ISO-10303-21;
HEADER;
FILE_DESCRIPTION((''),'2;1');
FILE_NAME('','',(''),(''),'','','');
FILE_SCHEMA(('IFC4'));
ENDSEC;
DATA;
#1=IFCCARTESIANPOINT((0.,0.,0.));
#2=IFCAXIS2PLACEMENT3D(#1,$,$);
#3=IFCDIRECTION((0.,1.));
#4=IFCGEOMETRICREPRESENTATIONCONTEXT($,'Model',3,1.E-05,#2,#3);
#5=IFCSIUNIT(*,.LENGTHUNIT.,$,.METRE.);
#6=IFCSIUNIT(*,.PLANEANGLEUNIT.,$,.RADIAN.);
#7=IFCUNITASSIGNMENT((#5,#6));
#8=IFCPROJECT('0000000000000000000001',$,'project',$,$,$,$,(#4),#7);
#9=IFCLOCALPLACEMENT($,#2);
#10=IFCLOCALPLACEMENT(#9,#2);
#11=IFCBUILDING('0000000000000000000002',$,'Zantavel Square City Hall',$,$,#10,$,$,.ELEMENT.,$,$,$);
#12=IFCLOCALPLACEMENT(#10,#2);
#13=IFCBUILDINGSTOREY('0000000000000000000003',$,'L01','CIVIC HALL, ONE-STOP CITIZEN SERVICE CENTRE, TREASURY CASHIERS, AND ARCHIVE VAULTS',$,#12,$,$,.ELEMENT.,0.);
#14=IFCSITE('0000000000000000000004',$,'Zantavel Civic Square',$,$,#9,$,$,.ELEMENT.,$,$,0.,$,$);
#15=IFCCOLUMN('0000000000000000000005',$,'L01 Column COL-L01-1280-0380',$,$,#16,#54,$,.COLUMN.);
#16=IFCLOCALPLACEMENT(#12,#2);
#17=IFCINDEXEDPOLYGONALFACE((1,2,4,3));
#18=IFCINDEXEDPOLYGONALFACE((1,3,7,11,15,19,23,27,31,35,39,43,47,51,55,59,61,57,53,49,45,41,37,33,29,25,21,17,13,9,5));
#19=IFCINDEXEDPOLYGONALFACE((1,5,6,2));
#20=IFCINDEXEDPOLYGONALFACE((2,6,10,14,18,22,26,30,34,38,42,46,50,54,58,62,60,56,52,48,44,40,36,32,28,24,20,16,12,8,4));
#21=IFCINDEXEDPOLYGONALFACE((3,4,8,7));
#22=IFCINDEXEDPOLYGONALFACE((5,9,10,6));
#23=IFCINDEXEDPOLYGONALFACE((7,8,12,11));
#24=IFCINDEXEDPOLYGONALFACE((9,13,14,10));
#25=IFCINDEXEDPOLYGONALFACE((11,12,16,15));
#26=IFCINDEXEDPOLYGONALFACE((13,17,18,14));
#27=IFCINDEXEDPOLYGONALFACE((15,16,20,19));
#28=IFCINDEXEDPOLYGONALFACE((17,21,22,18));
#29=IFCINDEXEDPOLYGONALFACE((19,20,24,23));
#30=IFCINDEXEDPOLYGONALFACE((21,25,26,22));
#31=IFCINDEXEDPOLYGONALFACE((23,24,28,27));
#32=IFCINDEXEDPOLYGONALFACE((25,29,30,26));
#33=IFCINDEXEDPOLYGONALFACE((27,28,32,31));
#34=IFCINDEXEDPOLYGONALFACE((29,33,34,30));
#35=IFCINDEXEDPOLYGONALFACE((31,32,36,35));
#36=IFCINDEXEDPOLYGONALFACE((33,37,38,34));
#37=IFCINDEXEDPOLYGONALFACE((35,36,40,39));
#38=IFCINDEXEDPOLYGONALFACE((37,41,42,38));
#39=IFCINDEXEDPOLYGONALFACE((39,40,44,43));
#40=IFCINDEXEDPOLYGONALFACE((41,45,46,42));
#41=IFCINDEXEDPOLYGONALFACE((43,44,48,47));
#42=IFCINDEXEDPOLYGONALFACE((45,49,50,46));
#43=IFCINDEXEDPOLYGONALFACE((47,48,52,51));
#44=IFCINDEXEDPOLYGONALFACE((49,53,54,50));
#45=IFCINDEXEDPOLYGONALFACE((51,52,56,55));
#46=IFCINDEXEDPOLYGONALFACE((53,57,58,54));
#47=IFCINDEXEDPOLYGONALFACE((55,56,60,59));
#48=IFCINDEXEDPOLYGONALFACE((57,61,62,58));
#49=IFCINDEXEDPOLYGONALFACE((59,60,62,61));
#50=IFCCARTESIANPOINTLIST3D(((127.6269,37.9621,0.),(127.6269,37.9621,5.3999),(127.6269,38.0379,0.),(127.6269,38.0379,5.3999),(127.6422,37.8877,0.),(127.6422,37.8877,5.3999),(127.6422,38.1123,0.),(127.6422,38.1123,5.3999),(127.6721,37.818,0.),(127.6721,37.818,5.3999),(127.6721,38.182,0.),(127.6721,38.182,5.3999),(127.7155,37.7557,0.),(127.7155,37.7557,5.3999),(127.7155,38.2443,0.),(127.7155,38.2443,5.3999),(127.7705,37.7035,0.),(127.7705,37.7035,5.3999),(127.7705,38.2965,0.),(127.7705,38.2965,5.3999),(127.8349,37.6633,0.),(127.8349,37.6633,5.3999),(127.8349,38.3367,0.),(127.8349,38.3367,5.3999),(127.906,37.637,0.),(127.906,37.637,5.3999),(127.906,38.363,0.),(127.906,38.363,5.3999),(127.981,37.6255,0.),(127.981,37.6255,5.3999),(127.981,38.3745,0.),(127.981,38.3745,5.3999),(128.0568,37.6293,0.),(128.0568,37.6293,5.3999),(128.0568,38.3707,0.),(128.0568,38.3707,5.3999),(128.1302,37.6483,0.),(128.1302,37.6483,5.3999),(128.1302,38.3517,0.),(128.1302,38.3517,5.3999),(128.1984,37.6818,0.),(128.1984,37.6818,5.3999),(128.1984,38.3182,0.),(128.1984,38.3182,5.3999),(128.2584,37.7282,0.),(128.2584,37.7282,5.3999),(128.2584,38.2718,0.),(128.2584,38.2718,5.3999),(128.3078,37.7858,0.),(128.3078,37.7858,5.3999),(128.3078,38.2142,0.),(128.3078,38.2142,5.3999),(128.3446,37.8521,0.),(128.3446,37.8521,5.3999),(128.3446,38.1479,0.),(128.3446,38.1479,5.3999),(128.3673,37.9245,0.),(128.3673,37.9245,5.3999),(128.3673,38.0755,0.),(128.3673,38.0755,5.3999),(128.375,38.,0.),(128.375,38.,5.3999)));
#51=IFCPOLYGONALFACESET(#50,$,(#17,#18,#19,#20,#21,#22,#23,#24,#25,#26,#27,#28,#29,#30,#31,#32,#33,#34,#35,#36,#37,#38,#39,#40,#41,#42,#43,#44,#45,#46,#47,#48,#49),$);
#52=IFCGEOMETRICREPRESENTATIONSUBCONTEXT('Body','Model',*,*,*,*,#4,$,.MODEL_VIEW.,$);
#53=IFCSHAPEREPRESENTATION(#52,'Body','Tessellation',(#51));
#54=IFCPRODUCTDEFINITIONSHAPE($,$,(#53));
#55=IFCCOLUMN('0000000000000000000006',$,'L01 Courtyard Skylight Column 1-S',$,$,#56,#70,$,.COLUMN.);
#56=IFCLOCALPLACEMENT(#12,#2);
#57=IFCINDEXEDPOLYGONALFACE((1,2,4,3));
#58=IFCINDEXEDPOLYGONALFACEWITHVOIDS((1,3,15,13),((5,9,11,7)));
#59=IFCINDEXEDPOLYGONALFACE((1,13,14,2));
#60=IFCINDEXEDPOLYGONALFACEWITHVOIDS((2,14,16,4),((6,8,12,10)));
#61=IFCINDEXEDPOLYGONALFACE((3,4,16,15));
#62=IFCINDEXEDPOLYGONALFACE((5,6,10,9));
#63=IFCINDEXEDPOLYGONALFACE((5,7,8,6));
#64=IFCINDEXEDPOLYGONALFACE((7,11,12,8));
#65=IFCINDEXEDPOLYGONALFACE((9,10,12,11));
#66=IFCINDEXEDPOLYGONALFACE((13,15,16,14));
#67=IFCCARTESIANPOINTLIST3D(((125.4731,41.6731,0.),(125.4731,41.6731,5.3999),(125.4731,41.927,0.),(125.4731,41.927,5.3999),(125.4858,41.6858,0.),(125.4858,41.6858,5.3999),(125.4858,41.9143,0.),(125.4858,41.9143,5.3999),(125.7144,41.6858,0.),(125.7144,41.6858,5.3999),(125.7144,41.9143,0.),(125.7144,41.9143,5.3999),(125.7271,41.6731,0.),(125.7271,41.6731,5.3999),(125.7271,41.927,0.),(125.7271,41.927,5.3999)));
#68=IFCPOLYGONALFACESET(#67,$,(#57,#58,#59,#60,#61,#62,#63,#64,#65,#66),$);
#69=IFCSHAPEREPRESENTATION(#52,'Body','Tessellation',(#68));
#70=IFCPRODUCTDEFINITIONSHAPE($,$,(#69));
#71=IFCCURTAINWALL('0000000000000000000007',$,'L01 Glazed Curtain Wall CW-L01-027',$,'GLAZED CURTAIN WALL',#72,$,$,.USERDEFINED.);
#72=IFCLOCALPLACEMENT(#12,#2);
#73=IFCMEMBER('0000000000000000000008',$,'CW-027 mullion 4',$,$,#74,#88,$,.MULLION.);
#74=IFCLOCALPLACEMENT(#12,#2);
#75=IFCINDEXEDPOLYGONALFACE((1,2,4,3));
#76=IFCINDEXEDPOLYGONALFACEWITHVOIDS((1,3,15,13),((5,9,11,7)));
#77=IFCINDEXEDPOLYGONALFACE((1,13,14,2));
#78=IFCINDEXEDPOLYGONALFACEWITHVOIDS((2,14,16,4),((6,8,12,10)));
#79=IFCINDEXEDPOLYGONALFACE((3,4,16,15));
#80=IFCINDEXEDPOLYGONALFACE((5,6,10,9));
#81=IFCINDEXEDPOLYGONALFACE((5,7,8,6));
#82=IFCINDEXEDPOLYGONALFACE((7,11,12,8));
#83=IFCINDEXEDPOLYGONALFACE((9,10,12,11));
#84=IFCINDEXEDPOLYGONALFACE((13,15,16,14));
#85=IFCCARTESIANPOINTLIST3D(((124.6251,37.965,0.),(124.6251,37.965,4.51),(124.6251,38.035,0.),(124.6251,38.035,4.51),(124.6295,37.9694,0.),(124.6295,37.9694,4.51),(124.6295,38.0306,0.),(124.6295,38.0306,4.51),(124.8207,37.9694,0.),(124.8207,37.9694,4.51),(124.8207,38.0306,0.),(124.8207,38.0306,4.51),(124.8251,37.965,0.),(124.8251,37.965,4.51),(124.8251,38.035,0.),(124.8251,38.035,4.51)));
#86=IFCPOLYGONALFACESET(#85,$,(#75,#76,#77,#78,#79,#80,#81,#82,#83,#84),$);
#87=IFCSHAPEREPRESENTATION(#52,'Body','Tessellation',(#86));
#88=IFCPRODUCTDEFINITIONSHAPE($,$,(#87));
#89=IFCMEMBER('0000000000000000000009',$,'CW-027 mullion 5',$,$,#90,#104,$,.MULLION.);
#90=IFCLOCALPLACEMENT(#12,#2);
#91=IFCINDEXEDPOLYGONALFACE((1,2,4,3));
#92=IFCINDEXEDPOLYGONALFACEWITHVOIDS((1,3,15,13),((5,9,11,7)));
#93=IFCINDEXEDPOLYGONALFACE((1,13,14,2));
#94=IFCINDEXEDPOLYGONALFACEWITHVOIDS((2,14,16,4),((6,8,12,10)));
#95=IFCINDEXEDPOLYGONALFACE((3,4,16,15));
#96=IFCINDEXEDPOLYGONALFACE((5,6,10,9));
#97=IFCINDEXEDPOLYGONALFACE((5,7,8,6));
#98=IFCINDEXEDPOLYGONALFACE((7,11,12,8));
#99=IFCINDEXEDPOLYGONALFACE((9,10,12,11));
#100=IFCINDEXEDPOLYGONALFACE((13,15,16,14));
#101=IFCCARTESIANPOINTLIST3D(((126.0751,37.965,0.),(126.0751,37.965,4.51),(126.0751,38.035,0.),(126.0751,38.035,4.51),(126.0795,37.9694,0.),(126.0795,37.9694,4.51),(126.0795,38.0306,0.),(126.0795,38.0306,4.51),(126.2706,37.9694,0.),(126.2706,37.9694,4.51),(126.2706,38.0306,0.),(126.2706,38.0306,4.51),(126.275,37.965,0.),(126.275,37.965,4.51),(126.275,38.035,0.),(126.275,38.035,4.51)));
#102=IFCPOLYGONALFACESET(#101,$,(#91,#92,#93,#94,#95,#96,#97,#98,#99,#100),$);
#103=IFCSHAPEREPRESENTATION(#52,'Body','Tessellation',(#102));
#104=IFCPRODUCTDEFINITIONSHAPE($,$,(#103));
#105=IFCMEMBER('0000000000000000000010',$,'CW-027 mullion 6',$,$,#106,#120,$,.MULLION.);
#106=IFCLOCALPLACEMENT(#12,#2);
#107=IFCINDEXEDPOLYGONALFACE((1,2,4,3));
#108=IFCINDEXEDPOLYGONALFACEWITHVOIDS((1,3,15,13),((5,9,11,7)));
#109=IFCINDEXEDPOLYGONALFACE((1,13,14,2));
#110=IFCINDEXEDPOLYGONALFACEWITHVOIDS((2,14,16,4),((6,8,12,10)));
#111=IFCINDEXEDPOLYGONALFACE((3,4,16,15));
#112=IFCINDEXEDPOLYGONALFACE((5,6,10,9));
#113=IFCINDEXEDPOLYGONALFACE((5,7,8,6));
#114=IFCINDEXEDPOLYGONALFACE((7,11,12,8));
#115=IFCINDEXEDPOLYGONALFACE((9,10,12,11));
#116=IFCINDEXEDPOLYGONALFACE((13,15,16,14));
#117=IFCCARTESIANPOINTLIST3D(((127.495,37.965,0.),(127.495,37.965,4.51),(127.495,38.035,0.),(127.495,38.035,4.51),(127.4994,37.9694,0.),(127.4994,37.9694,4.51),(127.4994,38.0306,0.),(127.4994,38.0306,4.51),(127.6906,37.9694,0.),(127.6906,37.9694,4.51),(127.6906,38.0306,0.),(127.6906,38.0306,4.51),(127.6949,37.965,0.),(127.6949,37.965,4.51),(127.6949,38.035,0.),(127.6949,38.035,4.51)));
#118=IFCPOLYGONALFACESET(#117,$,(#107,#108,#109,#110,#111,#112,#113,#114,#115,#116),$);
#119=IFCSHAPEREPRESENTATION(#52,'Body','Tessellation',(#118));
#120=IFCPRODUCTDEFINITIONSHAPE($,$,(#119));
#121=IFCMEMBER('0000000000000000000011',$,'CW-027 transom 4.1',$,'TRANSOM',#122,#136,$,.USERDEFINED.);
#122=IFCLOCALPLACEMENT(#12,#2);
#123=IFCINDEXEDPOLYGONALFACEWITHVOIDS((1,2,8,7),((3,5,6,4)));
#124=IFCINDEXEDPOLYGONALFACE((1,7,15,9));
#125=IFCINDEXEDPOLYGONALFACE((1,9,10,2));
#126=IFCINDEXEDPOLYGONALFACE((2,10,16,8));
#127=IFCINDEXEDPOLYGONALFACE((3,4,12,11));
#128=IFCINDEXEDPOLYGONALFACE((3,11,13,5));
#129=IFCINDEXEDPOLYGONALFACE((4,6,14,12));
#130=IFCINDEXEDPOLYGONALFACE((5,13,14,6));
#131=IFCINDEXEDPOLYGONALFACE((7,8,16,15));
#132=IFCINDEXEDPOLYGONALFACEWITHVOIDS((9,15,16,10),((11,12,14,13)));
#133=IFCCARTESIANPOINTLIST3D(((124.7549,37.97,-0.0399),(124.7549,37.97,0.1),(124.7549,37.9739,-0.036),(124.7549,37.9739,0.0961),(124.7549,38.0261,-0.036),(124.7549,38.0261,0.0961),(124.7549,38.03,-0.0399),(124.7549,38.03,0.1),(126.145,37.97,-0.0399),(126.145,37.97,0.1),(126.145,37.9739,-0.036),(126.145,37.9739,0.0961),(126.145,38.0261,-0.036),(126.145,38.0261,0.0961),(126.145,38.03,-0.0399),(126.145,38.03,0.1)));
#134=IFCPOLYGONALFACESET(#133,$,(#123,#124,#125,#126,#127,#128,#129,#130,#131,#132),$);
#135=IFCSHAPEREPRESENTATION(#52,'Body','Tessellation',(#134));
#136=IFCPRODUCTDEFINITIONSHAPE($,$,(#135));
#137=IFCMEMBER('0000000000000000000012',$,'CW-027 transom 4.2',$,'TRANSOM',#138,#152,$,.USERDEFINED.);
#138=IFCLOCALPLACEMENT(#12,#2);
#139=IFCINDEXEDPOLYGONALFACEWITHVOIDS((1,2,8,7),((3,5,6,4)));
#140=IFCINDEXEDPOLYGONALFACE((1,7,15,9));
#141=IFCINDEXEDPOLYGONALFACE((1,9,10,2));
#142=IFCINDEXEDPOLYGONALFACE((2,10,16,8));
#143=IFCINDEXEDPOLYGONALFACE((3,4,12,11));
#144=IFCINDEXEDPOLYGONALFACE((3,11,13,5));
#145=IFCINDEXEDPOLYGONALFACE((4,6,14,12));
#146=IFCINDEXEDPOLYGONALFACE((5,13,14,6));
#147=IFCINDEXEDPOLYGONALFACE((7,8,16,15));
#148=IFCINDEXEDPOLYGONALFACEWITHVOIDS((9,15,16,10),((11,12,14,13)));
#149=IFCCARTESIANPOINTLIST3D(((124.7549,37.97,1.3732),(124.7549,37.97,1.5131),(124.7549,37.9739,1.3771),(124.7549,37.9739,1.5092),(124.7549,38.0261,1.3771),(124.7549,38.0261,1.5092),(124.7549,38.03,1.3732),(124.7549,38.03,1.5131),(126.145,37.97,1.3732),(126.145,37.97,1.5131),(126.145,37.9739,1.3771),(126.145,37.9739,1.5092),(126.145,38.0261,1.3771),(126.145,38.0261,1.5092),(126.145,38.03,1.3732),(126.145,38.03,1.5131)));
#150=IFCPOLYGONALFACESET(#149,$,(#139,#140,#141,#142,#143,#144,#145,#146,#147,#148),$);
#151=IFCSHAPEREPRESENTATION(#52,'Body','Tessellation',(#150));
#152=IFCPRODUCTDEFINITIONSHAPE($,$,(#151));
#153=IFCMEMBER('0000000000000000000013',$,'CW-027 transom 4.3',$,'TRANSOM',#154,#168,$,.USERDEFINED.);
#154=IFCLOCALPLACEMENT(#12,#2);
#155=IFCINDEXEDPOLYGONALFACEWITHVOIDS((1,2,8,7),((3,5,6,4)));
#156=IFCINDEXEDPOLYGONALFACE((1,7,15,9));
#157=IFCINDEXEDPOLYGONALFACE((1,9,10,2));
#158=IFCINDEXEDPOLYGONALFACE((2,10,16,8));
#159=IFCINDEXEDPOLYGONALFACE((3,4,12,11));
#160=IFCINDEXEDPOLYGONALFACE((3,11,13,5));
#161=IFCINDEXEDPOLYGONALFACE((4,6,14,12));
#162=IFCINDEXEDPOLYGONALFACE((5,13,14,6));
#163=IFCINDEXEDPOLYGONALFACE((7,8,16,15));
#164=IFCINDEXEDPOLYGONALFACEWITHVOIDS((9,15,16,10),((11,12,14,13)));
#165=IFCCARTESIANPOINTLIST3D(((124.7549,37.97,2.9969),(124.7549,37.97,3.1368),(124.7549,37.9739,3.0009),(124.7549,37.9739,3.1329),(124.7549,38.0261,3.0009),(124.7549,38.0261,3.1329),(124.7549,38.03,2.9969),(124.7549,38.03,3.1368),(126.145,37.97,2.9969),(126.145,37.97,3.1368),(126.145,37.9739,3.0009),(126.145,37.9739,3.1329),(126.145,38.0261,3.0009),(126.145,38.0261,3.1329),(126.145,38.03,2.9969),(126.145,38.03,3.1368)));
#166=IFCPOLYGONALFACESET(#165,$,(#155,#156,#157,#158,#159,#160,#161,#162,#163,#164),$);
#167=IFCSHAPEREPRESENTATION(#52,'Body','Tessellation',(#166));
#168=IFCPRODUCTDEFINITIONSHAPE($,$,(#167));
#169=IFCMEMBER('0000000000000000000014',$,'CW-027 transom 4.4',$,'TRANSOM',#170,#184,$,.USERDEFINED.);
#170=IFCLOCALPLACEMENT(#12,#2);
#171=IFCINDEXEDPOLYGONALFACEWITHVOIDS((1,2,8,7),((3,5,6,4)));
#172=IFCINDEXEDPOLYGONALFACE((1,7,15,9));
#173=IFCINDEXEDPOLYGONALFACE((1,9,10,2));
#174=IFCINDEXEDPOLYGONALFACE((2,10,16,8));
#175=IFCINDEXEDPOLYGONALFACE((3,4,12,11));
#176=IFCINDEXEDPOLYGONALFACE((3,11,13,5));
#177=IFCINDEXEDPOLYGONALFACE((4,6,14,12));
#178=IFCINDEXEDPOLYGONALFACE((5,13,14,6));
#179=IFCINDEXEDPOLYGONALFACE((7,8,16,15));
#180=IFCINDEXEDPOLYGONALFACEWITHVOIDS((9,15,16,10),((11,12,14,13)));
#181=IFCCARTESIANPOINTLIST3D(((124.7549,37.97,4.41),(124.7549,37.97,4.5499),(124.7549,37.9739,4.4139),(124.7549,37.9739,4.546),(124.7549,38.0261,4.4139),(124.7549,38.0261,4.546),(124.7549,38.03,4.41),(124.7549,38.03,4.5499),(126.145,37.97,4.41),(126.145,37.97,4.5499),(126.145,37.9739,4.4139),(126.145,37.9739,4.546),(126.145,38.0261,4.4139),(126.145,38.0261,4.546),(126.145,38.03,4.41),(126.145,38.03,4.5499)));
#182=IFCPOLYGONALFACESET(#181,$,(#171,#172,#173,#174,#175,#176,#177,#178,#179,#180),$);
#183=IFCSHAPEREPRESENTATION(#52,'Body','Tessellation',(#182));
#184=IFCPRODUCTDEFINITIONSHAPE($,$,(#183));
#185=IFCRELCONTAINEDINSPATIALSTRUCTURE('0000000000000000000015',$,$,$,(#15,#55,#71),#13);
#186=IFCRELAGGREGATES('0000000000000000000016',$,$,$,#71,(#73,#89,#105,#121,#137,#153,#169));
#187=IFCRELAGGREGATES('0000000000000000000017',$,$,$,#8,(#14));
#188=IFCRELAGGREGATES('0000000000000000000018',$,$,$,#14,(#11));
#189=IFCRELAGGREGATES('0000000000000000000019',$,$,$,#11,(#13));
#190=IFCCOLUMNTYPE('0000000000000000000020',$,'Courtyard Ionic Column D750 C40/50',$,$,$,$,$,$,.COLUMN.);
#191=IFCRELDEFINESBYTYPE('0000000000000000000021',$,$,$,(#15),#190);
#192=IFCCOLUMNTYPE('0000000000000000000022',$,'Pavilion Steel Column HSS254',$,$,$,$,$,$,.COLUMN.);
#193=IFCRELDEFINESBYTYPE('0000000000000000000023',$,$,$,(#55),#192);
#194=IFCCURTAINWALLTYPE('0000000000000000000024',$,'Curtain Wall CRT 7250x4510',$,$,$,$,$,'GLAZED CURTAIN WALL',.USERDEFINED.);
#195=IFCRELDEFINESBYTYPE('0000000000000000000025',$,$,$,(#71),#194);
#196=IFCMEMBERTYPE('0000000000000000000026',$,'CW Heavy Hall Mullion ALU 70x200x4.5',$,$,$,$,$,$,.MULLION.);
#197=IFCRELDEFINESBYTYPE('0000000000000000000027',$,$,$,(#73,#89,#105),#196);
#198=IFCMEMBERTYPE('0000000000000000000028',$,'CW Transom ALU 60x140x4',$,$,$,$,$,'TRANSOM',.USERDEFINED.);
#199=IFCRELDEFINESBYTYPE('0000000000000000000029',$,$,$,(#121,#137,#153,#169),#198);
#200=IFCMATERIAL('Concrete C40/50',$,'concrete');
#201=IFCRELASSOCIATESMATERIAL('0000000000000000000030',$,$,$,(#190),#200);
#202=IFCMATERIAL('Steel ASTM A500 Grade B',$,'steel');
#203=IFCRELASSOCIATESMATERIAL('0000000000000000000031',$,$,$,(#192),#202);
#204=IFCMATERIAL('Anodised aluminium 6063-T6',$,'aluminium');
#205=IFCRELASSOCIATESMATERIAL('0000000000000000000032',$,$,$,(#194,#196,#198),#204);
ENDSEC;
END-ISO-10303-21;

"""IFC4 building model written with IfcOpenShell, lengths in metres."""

from ifc_helpers import new_model, si_unit, direction, frame, origin, origin_2d, place, context, subcontext, project, spatial, hollow_rectangle, circle, extrude, material, material_profile, profile_set, type_object, element, aggregate, save


model = new_model("IFC4")

# Units and contexts
model_context = context("Model", 3, precision=1e-05, world=origin(), true_north=direction((0.0, 1.0)))
body_context = subcontext(model_context, "Body", "Model", "MODEL_VIEW")
ifc_project = project(units=[si_unit("LENGTHUNIT", "METRE"), si_unit("PLANEANGLEUNIT", "RADIAN")], contexts=[model_context])

# Site, building, storey
site_placement = place(None, origin())
site = spatial("IfcSite", under=ifc_project, at=site_placement, Name="Zantavel Civic Square", CompositionType="ELEMENT", RefElevation=0.0)
building_placement = place(site_placement, origin())
building = spatial("IfcBuilding", under=site, at=building_placement, Name="Zantavel Square City Hall", CompositionType="ELEMENT")
storey_placement = place(building_placement, origin())
storey = spatial("IfcBuildingStorey", under=building, at=storey_placement, Name="L01", Description="CIVIC HALL, ONE-STOP CITIZEN SERVICE CENTRE, TREASURY CASHIERS, AND ARCHIVE VAULTS", CompositionType="ELEMENT", Elevation=0.0)

# Columns
ifc_material_1 = material(Name="Concrete C40/50", Category="concrete")
ifc_material_profile_1 = material_profile(ifc_material_1, circle(Radius=0.375, at=origin_2d()), Name="ROUND D750")
ifc_profile_set_1 = profile_set([ifc_material_profile_1], Name="Concrete C40/50")
column_type_1 = type_object("IfcColumnType", Name="Courtyard Ionic Column D750 C40/50", PredefinedType="COLUMN", material=ifc_profile_set_1)
column_1_placement = place(storey_placement, frame((128.0, 38.0, 0.0), z_axis=(0.0, 0.0, 1.0), x_axis=(1.0, 0.0, 0.0)))
element("IfcColumn", 1, at=column_1_placement, inside=storey, type_object=column_type_1, Name="L01 Column COL-L01-1280-0380", PredefinedType="COLUMN", context=body_context, shape_type="SweptSolid", body=[
    extrude(circle(Radius=0.375, at=origin_2d()), origin(), (0.0, 0.0, 1.0), 5.3999),
])
ifc_material_2 = material(Name="Steel ASTM A500 Grade B", Category="steel")
ifc_material_profile_2 = material_profile(ifc_material_2, hollow_rectangle(XDim=0.2539, YDim=0.2539, WallThickness=0.0127, at=origin_2d()), Name="HSS 254x254x12.7")
ifc_profile_set_2 = profile_set([ifc_material_profile_2], Name="Steel ASTM A500 Grade B")
column_type_2 = type_object("IfcColumnType", Name="Pavilion Steel Column HSS254", PredefinedType="COLUMN", material=ifc_profile_set_2)
column_2_placement = place(storey_placement, frame((125.6001, 41.8, 0.0), z_axis=(0.0, 0.0, 1.0), x_axis=(1.0, 0.0, 0.0)))
element("IfcColumn", 2, at=column_2_placement, inside=storey, type_object=column_type_2, Name="L01 Courtyard Skylight Column 1-S", PredefinedType="COLUMN", context=body_context, shape_type="SweptSolid", body=[
    extrude(hollow_rectangle(XDim=0.2539, YDim=0.2539, WallThickness=0.0127, at=origin_2d()), origin(), (0.0, 0.0, 1.0), 5.3999),
])

# Curtain wall, members
ifc_material_3 = material(Name="Anodised aluminium 6063-T6", Category="aluminium")
curtain_wall_type = type_object("IfcCurtainWallType", Name="Curtain Wall CRT 7250x4510", ElementType="GLAZED CURTAIN WALL", PredefinedType="USERDEFINED", material=ifc_material_3)
curtain_wall_placement = place(storey_placement, origin())
curtain_wall = element("IfcCurtainWall", 3, at=curtain_wall_placement, inside=storey, type_object=curtain_wall_type, Name="L01 Glazed Curtain Wall CW-L01-027", ObjectType="GLAZED CURTAIN WALL", PredefinedType="USERDEFINED")
ifc_material_profile_3 = material_profile(ifc_material_3, hollow_rectangle(XDim=0.0701, YDim=0.2, WallThickness=0.0044, at=origin_2d()), Name="ALU 70x200x4.5")
ifc_profile_set_3 = profile_set([ifc_material_profile_3], Name="Anodised aluminium 6063-T6")
member_type_1 = type_object("IfcMemberType", Name="CW Heavy Hall Mullion ALU 70x200x4.5", PredefinedType="MULLION", material=ifc_profile_set_3)
member_1_placement = place(storey_placement, frame((124.7251, 38.0, 0.0), z_axis=(0.0, 0.0, 1.0), x_axis=(0.0, 1.0, 0.0)))
member_1 = element("IfcMember", 4, at=member_1_placement, type_object=member_type_1, Name="CW-027 mullion 4", PredefinedType="MULLION", context=body_context, shape_type="SweptSolid", body=[
    extrude(hollow_rectangle(XDim=0.0701, YDim=0.2, WallThickness=0.0044, at=origin_2d()), origin(), (0.0, 0.0, 1.0), 4.51),
])
member_2_placement = place(storey_placement, frame((126.175, 38.0, 0.0), z_axis=(0.0, 0.0, 1.0), x_axis=(0.0, 1.0, 0.0)))
member_2 = element("IfcMember", 5, at=member_2_placement, type_object=member_type_1, Name="CW-027 mullion 5", PredefinedType="MULLION", context=body_context, shape_type="SweptSolid", body=[
    extrude(hollow_rectangle(XDim=0.0701, YDim=0.2, WallThickness=0.0044, at=origin_2d()), origin(), (0.0, 0.0, 1.0), 4.51),
])
member_3_placement = place(storey_placement, frame((127.595, 38.0, 0.0), z_axis=(0.0, 0.0, 1.0), x_axis=(0.0, 1.0, 0.0)))
member_3 = element("IfcMember", 6, at=member_3_placement, type_object=member_type_1, Name="CW-027 mullion 6", PredefinedType="MULLION", context=body_context, shape_type="SweptSolid", body=[
    extrude(hollow_rectangle(XDim=0.0701, YDim=0.2, WallThickness=0.0044, at=origin_2d()), origin(), (0.0, 0.0, 1.0), 4.51),
])
ifc_material_profile_4 = material_profile(ifc_material_3, hollow_rectangle(XDim=0.0601, YDim=0.1399, WallThickness=0.0039, at=origin_2d()), Name="ALU 60x140x4")
ifc_profile_set_4 = profile_set([ifc_material_profile_4], Name="Anodised aluminium 6063-T6")
member_type_2 = type_object("IfcMemberType", Name="CW Transom ALU 60x140x4", ElementType="TRANSOM", PredefinedType="USERDEFINED", material=ifc_profile_set_4)
member_4_placement = place(storey_placement, frame((124.7549, 38.0, 0.03), z_axis=(1.0, 0.0, 0.0), x_axis=(0.0, 1.0, 0.0)))
member_4 = element("IfcMember", 7, at=member_4_placement, type_object=member_type_2, Name="CW-027 transom 4.1", ObjectType="TRANSOM", PredefinedType="USERDEFINED", context=body_context, shape_type="SweptSolid", body=[
    extrude(hollow_rectangle(XDim=0.0601, YDim=0.1399, WallThickness=0.0039, at=origin_2d()), origin(), (0.0, 0.0, 1.0), 1.3901),
])
member_5_placement = place(storey_placement, frame((124.7549, 38.0, 1.4431), z_axis=(1.0, 0.0, 0.0), x_axis=(0.0, 1.0, 0.0)))
member_5 = element("IfcMember", 8, at=member_5_placement, type_object=member_type_2, Name="CW-027 transom 4.2", ObjectType="TRANSOM", PredefinedType="USERDEFINED", context=body_context, shape_type="SweptSolid", body=[
    extrude(hollow_rectangle(XDim=0.0601, YDim=0.1399, WallThickness=0.0039, at=origin_2d()), origin(), (0.0, 0.0, 1.0), 1.3901),
])
member_6_placement = place(storey_placement, frame((124.7549, 38.0, 3.0669), z_axis=(1.0, 0.0, 0.0), x_axis=(0.0, 1.0, 0.0)))
member_6 = element("IfcMember", 9, at=member_6_placement, type_object=member_type_2, Name="CW-027 transom 4.3", ObjectType="TRANSOM", PredefinedType="USERDEFINED", context=body_context, shape_type="SweptSolid", body=[
    extrude(hollow_rectangle(XDim=0.0601, YDim=0.1399, WallThickness=0.0039, at=origin_2d()), origin(), (0.0, 0.0, 1.0), 1.3901),
])
member_7_placement = place(storey_placement, frame((124.7549, 38.0, 4.48), z_axis=(1.0, 0.0, 0.0), x_axis=(0.0, 1.0, 0.0)))
member_7 = element("IfcMember", 10, at=member_7_placement, type_object=member_type_2, Name="CW-027 transom 4.4", ObjectType="TRANSOM", PredefinedType="USERDEFINED", context=body_context, shape_type="SweptSolid", body=[
    extrude(hollow_rectangle(XDim=0.0601, YDim=0.1399, WallThickness=0.0039, at=origin_2d()), origin(), (0.0, 0.0, 1.0), 1.3901),
])
aggregate(curtain_wall, [member_1, member_2, member_3, member_4, member_5, member_6, member_7])

save(model, "model.ifc")
